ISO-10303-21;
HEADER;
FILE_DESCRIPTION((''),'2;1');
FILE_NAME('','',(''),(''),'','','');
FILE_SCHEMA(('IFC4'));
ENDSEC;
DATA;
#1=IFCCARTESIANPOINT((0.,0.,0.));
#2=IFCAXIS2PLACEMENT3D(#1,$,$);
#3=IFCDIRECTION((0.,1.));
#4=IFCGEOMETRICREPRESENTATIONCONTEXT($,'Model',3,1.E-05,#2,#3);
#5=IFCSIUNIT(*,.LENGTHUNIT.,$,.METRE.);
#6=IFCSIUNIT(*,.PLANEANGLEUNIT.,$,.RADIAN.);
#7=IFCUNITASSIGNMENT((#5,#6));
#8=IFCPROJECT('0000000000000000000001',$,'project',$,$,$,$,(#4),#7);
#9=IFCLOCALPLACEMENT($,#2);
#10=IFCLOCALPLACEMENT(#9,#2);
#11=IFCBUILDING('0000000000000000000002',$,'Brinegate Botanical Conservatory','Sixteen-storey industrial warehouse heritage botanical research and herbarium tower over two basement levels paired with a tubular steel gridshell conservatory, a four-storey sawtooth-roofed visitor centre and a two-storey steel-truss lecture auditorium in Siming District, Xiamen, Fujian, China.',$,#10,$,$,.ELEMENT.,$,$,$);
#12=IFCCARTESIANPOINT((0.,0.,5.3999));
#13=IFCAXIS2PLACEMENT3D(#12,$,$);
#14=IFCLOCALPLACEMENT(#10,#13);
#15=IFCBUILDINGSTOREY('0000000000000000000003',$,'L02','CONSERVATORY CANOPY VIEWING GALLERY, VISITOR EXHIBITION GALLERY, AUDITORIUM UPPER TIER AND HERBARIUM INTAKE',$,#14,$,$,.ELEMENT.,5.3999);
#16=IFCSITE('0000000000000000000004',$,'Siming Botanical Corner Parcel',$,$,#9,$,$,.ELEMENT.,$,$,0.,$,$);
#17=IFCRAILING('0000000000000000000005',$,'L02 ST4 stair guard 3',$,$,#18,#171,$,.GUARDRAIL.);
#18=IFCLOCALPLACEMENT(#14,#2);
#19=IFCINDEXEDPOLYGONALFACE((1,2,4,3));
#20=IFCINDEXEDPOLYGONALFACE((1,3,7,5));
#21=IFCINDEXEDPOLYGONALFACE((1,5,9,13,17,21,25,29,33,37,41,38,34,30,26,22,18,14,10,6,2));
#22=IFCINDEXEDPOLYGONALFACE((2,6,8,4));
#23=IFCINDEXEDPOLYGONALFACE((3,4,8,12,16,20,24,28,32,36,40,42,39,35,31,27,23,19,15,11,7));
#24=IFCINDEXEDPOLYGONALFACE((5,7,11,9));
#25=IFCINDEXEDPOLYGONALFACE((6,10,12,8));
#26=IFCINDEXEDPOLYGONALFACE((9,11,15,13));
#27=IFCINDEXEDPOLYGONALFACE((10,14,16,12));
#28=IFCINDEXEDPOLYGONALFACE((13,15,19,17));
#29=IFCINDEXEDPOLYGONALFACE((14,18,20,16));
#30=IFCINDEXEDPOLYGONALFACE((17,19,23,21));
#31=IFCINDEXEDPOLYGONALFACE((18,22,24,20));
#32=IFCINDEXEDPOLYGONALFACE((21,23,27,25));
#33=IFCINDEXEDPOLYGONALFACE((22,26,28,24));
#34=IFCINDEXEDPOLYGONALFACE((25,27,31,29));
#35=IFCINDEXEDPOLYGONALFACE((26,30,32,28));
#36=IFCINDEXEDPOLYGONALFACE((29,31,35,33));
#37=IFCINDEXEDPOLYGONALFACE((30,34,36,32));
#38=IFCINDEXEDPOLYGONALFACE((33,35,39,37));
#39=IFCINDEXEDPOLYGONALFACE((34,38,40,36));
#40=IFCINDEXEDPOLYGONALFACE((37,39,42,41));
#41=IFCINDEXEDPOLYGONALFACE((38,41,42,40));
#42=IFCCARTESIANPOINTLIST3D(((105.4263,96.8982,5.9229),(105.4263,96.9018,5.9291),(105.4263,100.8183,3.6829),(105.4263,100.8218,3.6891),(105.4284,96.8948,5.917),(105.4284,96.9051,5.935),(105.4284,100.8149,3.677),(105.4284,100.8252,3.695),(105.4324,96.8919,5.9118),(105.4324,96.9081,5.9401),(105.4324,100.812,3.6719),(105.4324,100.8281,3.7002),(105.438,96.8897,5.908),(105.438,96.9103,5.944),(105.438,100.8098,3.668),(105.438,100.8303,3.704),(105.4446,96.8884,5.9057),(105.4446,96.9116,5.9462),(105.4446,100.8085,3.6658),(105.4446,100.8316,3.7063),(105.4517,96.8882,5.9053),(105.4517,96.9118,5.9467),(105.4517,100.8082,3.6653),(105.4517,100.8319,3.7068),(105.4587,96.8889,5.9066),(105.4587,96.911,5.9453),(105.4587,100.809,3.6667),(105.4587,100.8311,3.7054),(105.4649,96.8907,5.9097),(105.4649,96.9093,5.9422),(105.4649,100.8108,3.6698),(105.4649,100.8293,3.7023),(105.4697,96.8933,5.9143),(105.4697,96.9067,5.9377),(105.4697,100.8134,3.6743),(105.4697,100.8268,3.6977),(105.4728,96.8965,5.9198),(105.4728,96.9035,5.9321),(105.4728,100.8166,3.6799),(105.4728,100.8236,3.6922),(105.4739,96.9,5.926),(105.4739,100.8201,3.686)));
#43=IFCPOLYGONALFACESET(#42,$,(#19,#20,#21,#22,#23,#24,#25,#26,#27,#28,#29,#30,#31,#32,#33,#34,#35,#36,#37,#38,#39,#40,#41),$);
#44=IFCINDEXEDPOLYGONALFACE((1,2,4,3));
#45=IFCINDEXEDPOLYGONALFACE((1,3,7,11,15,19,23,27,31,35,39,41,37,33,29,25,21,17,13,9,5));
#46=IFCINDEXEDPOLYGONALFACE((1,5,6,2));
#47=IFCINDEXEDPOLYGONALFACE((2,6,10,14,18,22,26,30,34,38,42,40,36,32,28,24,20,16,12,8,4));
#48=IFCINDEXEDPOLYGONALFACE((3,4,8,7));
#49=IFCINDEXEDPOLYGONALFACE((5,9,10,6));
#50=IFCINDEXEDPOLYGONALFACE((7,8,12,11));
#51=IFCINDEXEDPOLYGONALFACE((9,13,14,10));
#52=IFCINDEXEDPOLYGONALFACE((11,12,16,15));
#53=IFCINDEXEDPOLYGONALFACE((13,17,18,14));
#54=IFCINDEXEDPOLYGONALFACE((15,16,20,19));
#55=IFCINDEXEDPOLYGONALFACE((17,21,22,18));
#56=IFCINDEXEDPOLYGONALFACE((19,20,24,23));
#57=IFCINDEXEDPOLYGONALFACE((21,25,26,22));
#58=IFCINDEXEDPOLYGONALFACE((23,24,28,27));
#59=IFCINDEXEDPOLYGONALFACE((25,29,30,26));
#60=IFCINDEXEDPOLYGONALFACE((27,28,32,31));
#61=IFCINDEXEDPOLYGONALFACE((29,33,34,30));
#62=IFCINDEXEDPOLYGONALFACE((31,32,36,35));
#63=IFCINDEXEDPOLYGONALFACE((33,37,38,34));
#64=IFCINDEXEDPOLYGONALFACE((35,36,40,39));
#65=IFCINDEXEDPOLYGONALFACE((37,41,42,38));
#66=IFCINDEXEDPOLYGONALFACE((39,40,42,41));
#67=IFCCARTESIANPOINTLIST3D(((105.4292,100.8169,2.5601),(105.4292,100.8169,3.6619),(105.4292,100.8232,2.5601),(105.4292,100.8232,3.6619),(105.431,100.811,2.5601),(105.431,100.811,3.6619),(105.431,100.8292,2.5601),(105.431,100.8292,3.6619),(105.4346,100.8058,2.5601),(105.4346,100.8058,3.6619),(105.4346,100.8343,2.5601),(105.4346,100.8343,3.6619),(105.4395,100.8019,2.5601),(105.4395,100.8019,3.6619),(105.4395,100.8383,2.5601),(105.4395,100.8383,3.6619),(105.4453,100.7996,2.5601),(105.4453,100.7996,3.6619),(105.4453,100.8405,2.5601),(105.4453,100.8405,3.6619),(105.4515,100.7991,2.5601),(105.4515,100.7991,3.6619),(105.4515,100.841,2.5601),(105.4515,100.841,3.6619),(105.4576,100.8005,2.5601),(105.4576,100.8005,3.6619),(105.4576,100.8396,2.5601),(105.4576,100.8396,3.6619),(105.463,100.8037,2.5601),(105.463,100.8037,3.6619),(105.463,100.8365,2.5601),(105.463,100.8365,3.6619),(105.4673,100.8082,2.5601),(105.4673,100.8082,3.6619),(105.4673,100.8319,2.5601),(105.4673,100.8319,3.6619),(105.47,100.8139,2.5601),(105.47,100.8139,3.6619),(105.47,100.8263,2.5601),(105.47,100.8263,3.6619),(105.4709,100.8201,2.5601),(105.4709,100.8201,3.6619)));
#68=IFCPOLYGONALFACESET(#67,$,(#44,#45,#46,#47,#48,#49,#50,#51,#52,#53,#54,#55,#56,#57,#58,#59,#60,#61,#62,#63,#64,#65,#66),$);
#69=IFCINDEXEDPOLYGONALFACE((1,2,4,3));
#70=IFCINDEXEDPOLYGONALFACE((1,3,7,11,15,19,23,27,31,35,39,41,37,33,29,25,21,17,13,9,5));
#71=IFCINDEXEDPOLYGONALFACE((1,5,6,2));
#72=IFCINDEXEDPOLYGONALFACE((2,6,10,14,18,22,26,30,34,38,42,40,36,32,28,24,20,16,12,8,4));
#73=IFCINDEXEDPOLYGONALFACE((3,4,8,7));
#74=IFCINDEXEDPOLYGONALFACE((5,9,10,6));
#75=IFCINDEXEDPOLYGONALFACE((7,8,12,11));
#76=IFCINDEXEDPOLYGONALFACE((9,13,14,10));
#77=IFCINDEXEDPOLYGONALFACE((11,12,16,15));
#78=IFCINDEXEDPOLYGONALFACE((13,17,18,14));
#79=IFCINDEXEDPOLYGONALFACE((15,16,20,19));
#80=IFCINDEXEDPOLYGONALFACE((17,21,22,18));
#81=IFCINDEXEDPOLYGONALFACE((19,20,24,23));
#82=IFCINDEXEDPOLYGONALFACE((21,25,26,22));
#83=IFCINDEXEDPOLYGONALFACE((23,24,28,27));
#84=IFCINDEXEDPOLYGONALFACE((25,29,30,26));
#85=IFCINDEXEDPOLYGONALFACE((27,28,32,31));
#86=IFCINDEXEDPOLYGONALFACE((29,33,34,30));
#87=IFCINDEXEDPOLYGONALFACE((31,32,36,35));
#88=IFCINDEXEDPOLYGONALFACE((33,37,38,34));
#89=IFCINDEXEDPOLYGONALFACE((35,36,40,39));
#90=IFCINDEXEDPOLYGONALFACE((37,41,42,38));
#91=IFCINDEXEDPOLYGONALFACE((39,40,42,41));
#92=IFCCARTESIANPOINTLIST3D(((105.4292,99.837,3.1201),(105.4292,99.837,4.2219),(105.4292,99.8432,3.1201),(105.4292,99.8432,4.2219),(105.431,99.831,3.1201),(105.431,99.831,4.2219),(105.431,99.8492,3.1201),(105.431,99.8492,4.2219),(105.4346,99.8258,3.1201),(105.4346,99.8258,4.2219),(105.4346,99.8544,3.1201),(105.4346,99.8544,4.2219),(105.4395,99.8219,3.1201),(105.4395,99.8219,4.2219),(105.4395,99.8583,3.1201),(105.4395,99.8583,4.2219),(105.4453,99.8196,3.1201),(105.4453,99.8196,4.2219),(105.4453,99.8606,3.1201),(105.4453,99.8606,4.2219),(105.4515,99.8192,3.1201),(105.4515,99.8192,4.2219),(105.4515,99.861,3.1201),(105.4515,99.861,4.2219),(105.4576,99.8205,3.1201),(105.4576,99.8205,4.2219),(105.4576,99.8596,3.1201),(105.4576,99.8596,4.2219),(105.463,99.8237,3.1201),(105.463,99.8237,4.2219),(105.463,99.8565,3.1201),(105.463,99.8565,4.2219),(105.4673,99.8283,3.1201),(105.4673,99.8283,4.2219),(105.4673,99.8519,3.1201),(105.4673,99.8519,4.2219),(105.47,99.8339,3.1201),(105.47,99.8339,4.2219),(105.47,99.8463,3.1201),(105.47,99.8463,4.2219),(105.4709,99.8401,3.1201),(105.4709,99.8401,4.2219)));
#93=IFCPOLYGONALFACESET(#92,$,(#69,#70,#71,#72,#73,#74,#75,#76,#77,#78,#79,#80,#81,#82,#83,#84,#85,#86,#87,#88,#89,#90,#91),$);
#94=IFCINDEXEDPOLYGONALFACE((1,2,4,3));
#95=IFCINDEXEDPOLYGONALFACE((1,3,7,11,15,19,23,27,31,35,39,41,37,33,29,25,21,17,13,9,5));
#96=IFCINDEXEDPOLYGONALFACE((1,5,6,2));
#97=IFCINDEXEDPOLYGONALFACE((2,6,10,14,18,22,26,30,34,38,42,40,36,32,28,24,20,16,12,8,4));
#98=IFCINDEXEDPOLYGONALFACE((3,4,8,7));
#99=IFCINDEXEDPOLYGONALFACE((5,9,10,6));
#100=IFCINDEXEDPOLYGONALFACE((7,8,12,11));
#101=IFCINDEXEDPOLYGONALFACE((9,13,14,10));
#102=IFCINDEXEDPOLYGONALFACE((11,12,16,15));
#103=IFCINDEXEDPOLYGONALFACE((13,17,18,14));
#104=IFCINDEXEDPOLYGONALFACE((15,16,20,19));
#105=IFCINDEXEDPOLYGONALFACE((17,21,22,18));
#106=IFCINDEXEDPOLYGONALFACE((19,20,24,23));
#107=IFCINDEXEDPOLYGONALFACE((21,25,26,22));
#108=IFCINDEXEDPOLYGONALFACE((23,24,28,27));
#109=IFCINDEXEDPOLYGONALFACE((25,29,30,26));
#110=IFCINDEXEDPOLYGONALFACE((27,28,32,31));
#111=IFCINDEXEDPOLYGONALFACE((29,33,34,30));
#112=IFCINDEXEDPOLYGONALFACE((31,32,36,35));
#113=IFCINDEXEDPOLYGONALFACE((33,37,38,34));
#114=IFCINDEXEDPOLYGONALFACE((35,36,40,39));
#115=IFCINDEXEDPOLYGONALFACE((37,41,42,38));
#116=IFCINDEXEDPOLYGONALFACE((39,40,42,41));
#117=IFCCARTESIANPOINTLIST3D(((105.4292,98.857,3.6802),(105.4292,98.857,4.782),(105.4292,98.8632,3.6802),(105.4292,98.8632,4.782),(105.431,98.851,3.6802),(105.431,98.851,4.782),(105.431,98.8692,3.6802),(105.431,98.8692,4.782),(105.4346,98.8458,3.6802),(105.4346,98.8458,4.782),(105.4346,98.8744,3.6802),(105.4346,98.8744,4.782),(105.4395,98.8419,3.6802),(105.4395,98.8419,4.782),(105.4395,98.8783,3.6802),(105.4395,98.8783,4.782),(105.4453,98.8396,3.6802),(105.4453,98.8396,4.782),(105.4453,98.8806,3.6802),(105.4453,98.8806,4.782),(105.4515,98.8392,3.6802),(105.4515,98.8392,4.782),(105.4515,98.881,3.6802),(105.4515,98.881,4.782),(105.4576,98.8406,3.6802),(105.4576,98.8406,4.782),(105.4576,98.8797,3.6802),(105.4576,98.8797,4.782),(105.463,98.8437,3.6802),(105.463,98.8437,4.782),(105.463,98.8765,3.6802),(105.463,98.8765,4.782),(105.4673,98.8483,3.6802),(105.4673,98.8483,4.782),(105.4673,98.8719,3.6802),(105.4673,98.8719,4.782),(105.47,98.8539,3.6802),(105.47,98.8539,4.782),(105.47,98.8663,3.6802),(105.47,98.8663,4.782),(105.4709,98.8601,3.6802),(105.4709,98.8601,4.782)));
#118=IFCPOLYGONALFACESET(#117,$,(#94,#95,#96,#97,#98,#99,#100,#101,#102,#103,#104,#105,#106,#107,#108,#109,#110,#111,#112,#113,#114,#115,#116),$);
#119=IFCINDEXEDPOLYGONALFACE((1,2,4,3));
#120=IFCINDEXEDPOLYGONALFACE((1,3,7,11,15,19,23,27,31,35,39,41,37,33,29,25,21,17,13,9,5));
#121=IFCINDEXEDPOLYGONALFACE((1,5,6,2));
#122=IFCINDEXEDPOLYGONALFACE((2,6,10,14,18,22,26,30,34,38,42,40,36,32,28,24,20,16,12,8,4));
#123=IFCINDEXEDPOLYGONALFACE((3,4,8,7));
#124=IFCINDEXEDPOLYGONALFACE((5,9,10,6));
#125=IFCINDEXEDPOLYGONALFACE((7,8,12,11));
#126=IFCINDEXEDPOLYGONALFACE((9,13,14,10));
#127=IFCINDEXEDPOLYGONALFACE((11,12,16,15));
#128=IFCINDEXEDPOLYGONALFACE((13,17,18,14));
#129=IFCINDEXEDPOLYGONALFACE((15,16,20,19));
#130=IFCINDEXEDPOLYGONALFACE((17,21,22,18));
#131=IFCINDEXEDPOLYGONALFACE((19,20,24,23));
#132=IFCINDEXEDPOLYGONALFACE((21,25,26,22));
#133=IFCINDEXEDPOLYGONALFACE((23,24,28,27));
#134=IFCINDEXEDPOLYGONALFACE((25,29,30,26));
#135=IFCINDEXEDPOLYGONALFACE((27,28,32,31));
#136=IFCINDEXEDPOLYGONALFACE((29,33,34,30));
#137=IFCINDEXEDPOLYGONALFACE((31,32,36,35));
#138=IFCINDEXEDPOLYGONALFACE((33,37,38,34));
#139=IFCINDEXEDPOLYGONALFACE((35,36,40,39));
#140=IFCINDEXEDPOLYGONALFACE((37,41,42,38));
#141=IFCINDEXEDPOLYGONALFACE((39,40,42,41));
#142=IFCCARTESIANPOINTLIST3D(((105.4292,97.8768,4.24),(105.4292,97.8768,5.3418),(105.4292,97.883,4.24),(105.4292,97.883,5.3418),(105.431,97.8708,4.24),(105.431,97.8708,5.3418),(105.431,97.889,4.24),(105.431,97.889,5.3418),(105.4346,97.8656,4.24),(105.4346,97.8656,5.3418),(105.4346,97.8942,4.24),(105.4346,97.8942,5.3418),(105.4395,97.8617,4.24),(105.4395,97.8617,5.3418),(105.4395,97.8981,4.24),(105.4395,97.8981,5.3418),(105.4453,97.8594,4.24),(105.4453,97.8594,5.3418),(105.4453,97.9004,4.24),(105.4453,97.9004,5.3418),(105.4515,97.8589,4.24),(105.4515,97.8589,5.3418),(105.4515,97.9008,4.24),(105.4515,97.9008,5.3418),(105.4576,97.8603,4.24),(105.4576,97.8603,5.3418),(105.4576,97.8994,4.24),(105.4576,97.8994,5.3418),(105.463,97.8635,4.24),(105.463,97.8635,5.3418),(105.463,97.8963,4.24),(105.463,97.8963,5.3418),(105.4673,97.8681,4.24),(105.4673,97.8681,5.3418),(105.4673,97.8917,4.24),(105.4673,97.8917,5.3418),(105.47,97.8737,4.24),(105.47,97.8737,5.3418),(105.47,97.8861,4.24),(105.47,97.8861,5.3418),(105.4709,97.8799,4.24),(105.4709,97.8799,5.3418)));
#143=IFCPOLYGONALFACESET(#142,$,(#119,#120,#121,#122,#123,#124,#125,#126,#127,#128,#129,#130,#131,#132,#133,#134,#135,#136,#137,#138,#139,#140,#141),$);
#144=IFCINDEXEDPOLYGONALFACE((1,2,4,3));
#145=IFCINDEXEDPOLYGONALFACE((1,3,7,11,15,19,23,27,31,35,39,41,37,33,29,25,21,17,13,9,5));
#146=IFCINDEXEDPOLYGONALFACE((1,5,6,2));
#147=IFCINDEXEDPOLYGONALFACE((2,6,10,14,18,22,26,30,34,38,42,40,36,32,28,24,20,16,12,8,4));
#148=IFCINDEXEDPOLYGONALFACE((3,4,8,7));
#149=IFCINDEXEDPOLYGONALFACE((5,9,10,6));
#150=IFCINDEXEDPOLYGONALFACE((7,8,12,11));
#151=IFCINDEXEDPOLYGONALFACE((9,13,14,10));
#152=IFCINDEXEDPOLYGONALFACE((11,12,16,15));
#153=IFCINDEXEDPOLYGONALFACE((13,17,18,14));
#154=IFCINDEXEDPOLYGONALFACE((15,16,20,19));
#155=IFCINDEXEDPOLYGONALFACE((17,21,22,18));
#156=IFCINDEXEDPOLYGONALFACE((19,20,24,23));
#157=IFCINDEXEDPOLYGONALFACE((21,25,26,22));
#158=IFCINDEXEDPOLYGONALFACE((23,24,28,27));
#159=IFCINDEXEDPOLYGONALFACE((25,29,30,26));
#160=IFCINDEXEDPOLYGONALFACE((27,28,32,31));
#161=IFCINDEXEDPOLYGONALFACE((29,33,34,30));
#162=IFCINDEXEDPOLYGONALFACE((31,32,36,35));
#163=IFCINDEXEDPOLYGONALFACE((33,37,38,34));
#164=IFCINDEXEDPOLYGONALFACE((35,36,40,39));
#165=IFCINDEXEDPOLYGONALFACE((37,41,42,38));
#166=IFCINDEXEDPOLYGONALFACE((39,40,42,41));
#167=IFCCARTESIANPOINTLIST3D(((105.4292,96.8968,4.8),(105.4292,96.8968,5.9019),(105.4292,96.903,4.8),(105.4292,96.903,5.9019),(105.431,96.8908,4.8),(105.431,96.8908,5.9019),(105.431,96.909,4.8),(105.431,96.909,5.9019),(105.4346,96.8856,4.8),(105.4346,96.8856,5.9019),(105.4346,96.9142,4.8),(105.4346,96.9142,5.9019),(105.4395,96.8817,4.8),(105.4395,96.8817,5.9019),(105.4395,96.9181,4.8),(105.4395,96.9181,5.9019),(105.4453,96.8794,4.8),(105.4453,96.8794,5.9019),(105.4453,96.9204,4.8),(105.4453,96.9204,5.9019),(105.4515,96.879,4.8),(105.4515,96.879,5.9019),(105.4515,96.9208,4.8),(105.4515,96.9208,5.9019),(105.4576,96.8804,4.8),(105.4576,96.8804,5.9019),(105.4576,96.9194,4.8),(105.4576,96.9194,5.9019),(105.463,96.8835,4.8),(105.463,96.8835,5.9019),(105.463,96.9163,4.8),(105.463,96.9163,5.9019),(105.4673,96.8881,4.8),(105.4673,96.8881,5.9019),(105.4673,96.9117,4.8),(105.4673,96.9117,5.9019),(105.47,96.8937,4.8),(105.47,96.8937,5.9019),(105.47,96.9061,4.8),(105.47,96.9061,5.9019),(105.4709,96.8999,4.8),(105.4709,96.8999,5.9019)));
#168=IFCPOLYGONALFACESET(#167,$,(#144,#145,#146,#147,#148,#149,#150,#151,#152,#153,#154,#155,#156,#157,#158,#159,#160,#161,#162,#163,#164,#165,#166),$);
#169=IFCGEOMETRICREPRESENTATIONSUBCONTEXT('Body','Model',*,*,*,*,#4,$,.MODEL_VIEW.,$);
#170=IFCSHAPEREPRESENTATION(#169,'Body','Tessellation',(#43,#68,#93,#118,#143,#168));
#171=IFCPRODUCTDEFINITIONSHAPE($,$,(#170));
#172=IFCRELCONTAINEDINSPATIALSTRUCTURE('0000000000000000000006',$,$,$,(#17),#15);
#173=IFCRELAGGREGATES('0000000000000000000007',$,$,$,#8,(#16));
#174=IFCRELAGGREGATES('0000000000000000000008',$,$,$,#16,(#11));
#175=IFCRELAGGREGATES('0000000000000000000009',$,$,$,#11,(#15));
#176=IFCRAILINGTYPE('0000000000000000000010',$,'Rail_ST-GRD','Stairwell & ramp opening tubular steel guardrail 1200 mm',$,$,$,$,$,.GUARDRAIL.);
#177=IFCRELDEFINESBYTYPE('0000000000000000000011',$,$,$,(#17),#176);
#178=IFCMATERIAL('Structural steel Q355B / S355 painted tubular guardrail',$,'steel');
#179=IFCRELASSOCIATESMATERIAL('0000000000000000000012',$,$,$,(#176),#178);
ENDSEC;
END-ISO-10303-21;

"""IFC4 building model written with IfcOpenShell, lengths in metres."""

from ifc_helpers import new_model, si_unit, direction, frame, origin, origin_2d, place, context, subcontext, project, spatial, circle, extrude, material, type_object, element, save


model = new_model("IFC4")

# Units and contexts
model_context = context("Model", 3, precision=1e-05, world=origin(), true_north=direction((0.0, 1.0)))
body_context = subcontext(model_context, "Body", "Model", "MODEL_VIEW")
ifc_project = project(units=[si_unit("LENGTHUNIT", "METRE"), si_unit("PLANEANGLEUNIT", "RADIAN")], contexts=[model_context])

# Site, building, storey
site_placement = place(None, origin())
site = spatial("IfcSite", under=ifc_project, at=site_placement, Name="Siming Botanical Corner Parcel", CompositionType="ELEMENT", RefElevation=0.0)
building_placement = place(site_placement, origin())
building = spatial("IfcBuilding", under=site, at=building_placement, Name="Brinegate Botanical Conservatory", Description="Sixteen-storey industrial warehouse heritage botanical research and herbarium tower over two basement levels paired with a tubular steel gridshell conservatory, a four-storey sawtooth-roofed visitor centre and a two-storey steel-truss lecture auditorium in Siming District, Xiamen, Fujian, China.", CompositionType="ELEMENT")
storey_placement = place(building_placement, frame((0.0, 0.0, 5.3999)))
storey = spatial("IfcBuildingStorey", under=building, at=storey_placement, Name="L02", Description="CONSERVATORY CANOPY VIEWING GALLERY, VISITOR EXHIBITION GALLERY, AUDITORIUM UPPER TIER AND HERBARIUM INTAKE", CompositionType="ELEMENT", Elevation=5.3999)

# Railing
ifc_material_1 = material(Name="Structural steel Q355B / S355 painted tubular guardrail", Category="steel")
railing_type_1 = type_object("IfcRailingType", Name="Rail_ST-GRD", Description="Stairwell & ramp opening tubular steel guardrail 1200 mm", PredefinedType="GUARDRAIL", material=ifc_material_1)
railing_1_placement = place(storey_placement, frame((105.45, 100.8201, 2.5601)))
element("IfcRailing", 1, at=railing_1_placement, inside=storey, type_object=railing_type_1, Name="L02 ST4 stair guard 3", PredefinedType="GUARDRAIL", context=body_context, shape_type="SweptSolid", body=[
    extrude(circle(Radius=0.0239, at=origin_2d()), frame((0.0, 0.0, 1.126), z_axis=(0.0, -0.868253, 0.496121), x_axis=(1.0, 0.0, 0.0)), (0.0, 0.0, 1.0), 4.5149),
    extrude(circle(Radius=0.021, at=origin_2d()), origin(), (0.0, 0.0, 1.0), 1.1018),
    extrude(circle(Radius=0.021, at=origin_2d()), frame((0.0, -0.98, 0.5601)), (0.0, 0.0, 1.0), 1.1018),
    extrude(circle(Radius=0.021, at=origin_2d()), frame((0.0, -1.96, 1.1201)), (0.0, 0.0, 1.0), 1.1018),
    extrude(circle(Radius=0.021, at=origin_2d()), frame((0.0, -2.9402, 1.6799)), (0.0, 0.0, 1.0), 1.1018),
    extrude(circle(Radius=0.021, at=origin_2d()), frame((0.0, -3.9202, 2.24)), (0.0, 0.0, 1.0), 1.1018),
])

save(model, "model.ifc")
